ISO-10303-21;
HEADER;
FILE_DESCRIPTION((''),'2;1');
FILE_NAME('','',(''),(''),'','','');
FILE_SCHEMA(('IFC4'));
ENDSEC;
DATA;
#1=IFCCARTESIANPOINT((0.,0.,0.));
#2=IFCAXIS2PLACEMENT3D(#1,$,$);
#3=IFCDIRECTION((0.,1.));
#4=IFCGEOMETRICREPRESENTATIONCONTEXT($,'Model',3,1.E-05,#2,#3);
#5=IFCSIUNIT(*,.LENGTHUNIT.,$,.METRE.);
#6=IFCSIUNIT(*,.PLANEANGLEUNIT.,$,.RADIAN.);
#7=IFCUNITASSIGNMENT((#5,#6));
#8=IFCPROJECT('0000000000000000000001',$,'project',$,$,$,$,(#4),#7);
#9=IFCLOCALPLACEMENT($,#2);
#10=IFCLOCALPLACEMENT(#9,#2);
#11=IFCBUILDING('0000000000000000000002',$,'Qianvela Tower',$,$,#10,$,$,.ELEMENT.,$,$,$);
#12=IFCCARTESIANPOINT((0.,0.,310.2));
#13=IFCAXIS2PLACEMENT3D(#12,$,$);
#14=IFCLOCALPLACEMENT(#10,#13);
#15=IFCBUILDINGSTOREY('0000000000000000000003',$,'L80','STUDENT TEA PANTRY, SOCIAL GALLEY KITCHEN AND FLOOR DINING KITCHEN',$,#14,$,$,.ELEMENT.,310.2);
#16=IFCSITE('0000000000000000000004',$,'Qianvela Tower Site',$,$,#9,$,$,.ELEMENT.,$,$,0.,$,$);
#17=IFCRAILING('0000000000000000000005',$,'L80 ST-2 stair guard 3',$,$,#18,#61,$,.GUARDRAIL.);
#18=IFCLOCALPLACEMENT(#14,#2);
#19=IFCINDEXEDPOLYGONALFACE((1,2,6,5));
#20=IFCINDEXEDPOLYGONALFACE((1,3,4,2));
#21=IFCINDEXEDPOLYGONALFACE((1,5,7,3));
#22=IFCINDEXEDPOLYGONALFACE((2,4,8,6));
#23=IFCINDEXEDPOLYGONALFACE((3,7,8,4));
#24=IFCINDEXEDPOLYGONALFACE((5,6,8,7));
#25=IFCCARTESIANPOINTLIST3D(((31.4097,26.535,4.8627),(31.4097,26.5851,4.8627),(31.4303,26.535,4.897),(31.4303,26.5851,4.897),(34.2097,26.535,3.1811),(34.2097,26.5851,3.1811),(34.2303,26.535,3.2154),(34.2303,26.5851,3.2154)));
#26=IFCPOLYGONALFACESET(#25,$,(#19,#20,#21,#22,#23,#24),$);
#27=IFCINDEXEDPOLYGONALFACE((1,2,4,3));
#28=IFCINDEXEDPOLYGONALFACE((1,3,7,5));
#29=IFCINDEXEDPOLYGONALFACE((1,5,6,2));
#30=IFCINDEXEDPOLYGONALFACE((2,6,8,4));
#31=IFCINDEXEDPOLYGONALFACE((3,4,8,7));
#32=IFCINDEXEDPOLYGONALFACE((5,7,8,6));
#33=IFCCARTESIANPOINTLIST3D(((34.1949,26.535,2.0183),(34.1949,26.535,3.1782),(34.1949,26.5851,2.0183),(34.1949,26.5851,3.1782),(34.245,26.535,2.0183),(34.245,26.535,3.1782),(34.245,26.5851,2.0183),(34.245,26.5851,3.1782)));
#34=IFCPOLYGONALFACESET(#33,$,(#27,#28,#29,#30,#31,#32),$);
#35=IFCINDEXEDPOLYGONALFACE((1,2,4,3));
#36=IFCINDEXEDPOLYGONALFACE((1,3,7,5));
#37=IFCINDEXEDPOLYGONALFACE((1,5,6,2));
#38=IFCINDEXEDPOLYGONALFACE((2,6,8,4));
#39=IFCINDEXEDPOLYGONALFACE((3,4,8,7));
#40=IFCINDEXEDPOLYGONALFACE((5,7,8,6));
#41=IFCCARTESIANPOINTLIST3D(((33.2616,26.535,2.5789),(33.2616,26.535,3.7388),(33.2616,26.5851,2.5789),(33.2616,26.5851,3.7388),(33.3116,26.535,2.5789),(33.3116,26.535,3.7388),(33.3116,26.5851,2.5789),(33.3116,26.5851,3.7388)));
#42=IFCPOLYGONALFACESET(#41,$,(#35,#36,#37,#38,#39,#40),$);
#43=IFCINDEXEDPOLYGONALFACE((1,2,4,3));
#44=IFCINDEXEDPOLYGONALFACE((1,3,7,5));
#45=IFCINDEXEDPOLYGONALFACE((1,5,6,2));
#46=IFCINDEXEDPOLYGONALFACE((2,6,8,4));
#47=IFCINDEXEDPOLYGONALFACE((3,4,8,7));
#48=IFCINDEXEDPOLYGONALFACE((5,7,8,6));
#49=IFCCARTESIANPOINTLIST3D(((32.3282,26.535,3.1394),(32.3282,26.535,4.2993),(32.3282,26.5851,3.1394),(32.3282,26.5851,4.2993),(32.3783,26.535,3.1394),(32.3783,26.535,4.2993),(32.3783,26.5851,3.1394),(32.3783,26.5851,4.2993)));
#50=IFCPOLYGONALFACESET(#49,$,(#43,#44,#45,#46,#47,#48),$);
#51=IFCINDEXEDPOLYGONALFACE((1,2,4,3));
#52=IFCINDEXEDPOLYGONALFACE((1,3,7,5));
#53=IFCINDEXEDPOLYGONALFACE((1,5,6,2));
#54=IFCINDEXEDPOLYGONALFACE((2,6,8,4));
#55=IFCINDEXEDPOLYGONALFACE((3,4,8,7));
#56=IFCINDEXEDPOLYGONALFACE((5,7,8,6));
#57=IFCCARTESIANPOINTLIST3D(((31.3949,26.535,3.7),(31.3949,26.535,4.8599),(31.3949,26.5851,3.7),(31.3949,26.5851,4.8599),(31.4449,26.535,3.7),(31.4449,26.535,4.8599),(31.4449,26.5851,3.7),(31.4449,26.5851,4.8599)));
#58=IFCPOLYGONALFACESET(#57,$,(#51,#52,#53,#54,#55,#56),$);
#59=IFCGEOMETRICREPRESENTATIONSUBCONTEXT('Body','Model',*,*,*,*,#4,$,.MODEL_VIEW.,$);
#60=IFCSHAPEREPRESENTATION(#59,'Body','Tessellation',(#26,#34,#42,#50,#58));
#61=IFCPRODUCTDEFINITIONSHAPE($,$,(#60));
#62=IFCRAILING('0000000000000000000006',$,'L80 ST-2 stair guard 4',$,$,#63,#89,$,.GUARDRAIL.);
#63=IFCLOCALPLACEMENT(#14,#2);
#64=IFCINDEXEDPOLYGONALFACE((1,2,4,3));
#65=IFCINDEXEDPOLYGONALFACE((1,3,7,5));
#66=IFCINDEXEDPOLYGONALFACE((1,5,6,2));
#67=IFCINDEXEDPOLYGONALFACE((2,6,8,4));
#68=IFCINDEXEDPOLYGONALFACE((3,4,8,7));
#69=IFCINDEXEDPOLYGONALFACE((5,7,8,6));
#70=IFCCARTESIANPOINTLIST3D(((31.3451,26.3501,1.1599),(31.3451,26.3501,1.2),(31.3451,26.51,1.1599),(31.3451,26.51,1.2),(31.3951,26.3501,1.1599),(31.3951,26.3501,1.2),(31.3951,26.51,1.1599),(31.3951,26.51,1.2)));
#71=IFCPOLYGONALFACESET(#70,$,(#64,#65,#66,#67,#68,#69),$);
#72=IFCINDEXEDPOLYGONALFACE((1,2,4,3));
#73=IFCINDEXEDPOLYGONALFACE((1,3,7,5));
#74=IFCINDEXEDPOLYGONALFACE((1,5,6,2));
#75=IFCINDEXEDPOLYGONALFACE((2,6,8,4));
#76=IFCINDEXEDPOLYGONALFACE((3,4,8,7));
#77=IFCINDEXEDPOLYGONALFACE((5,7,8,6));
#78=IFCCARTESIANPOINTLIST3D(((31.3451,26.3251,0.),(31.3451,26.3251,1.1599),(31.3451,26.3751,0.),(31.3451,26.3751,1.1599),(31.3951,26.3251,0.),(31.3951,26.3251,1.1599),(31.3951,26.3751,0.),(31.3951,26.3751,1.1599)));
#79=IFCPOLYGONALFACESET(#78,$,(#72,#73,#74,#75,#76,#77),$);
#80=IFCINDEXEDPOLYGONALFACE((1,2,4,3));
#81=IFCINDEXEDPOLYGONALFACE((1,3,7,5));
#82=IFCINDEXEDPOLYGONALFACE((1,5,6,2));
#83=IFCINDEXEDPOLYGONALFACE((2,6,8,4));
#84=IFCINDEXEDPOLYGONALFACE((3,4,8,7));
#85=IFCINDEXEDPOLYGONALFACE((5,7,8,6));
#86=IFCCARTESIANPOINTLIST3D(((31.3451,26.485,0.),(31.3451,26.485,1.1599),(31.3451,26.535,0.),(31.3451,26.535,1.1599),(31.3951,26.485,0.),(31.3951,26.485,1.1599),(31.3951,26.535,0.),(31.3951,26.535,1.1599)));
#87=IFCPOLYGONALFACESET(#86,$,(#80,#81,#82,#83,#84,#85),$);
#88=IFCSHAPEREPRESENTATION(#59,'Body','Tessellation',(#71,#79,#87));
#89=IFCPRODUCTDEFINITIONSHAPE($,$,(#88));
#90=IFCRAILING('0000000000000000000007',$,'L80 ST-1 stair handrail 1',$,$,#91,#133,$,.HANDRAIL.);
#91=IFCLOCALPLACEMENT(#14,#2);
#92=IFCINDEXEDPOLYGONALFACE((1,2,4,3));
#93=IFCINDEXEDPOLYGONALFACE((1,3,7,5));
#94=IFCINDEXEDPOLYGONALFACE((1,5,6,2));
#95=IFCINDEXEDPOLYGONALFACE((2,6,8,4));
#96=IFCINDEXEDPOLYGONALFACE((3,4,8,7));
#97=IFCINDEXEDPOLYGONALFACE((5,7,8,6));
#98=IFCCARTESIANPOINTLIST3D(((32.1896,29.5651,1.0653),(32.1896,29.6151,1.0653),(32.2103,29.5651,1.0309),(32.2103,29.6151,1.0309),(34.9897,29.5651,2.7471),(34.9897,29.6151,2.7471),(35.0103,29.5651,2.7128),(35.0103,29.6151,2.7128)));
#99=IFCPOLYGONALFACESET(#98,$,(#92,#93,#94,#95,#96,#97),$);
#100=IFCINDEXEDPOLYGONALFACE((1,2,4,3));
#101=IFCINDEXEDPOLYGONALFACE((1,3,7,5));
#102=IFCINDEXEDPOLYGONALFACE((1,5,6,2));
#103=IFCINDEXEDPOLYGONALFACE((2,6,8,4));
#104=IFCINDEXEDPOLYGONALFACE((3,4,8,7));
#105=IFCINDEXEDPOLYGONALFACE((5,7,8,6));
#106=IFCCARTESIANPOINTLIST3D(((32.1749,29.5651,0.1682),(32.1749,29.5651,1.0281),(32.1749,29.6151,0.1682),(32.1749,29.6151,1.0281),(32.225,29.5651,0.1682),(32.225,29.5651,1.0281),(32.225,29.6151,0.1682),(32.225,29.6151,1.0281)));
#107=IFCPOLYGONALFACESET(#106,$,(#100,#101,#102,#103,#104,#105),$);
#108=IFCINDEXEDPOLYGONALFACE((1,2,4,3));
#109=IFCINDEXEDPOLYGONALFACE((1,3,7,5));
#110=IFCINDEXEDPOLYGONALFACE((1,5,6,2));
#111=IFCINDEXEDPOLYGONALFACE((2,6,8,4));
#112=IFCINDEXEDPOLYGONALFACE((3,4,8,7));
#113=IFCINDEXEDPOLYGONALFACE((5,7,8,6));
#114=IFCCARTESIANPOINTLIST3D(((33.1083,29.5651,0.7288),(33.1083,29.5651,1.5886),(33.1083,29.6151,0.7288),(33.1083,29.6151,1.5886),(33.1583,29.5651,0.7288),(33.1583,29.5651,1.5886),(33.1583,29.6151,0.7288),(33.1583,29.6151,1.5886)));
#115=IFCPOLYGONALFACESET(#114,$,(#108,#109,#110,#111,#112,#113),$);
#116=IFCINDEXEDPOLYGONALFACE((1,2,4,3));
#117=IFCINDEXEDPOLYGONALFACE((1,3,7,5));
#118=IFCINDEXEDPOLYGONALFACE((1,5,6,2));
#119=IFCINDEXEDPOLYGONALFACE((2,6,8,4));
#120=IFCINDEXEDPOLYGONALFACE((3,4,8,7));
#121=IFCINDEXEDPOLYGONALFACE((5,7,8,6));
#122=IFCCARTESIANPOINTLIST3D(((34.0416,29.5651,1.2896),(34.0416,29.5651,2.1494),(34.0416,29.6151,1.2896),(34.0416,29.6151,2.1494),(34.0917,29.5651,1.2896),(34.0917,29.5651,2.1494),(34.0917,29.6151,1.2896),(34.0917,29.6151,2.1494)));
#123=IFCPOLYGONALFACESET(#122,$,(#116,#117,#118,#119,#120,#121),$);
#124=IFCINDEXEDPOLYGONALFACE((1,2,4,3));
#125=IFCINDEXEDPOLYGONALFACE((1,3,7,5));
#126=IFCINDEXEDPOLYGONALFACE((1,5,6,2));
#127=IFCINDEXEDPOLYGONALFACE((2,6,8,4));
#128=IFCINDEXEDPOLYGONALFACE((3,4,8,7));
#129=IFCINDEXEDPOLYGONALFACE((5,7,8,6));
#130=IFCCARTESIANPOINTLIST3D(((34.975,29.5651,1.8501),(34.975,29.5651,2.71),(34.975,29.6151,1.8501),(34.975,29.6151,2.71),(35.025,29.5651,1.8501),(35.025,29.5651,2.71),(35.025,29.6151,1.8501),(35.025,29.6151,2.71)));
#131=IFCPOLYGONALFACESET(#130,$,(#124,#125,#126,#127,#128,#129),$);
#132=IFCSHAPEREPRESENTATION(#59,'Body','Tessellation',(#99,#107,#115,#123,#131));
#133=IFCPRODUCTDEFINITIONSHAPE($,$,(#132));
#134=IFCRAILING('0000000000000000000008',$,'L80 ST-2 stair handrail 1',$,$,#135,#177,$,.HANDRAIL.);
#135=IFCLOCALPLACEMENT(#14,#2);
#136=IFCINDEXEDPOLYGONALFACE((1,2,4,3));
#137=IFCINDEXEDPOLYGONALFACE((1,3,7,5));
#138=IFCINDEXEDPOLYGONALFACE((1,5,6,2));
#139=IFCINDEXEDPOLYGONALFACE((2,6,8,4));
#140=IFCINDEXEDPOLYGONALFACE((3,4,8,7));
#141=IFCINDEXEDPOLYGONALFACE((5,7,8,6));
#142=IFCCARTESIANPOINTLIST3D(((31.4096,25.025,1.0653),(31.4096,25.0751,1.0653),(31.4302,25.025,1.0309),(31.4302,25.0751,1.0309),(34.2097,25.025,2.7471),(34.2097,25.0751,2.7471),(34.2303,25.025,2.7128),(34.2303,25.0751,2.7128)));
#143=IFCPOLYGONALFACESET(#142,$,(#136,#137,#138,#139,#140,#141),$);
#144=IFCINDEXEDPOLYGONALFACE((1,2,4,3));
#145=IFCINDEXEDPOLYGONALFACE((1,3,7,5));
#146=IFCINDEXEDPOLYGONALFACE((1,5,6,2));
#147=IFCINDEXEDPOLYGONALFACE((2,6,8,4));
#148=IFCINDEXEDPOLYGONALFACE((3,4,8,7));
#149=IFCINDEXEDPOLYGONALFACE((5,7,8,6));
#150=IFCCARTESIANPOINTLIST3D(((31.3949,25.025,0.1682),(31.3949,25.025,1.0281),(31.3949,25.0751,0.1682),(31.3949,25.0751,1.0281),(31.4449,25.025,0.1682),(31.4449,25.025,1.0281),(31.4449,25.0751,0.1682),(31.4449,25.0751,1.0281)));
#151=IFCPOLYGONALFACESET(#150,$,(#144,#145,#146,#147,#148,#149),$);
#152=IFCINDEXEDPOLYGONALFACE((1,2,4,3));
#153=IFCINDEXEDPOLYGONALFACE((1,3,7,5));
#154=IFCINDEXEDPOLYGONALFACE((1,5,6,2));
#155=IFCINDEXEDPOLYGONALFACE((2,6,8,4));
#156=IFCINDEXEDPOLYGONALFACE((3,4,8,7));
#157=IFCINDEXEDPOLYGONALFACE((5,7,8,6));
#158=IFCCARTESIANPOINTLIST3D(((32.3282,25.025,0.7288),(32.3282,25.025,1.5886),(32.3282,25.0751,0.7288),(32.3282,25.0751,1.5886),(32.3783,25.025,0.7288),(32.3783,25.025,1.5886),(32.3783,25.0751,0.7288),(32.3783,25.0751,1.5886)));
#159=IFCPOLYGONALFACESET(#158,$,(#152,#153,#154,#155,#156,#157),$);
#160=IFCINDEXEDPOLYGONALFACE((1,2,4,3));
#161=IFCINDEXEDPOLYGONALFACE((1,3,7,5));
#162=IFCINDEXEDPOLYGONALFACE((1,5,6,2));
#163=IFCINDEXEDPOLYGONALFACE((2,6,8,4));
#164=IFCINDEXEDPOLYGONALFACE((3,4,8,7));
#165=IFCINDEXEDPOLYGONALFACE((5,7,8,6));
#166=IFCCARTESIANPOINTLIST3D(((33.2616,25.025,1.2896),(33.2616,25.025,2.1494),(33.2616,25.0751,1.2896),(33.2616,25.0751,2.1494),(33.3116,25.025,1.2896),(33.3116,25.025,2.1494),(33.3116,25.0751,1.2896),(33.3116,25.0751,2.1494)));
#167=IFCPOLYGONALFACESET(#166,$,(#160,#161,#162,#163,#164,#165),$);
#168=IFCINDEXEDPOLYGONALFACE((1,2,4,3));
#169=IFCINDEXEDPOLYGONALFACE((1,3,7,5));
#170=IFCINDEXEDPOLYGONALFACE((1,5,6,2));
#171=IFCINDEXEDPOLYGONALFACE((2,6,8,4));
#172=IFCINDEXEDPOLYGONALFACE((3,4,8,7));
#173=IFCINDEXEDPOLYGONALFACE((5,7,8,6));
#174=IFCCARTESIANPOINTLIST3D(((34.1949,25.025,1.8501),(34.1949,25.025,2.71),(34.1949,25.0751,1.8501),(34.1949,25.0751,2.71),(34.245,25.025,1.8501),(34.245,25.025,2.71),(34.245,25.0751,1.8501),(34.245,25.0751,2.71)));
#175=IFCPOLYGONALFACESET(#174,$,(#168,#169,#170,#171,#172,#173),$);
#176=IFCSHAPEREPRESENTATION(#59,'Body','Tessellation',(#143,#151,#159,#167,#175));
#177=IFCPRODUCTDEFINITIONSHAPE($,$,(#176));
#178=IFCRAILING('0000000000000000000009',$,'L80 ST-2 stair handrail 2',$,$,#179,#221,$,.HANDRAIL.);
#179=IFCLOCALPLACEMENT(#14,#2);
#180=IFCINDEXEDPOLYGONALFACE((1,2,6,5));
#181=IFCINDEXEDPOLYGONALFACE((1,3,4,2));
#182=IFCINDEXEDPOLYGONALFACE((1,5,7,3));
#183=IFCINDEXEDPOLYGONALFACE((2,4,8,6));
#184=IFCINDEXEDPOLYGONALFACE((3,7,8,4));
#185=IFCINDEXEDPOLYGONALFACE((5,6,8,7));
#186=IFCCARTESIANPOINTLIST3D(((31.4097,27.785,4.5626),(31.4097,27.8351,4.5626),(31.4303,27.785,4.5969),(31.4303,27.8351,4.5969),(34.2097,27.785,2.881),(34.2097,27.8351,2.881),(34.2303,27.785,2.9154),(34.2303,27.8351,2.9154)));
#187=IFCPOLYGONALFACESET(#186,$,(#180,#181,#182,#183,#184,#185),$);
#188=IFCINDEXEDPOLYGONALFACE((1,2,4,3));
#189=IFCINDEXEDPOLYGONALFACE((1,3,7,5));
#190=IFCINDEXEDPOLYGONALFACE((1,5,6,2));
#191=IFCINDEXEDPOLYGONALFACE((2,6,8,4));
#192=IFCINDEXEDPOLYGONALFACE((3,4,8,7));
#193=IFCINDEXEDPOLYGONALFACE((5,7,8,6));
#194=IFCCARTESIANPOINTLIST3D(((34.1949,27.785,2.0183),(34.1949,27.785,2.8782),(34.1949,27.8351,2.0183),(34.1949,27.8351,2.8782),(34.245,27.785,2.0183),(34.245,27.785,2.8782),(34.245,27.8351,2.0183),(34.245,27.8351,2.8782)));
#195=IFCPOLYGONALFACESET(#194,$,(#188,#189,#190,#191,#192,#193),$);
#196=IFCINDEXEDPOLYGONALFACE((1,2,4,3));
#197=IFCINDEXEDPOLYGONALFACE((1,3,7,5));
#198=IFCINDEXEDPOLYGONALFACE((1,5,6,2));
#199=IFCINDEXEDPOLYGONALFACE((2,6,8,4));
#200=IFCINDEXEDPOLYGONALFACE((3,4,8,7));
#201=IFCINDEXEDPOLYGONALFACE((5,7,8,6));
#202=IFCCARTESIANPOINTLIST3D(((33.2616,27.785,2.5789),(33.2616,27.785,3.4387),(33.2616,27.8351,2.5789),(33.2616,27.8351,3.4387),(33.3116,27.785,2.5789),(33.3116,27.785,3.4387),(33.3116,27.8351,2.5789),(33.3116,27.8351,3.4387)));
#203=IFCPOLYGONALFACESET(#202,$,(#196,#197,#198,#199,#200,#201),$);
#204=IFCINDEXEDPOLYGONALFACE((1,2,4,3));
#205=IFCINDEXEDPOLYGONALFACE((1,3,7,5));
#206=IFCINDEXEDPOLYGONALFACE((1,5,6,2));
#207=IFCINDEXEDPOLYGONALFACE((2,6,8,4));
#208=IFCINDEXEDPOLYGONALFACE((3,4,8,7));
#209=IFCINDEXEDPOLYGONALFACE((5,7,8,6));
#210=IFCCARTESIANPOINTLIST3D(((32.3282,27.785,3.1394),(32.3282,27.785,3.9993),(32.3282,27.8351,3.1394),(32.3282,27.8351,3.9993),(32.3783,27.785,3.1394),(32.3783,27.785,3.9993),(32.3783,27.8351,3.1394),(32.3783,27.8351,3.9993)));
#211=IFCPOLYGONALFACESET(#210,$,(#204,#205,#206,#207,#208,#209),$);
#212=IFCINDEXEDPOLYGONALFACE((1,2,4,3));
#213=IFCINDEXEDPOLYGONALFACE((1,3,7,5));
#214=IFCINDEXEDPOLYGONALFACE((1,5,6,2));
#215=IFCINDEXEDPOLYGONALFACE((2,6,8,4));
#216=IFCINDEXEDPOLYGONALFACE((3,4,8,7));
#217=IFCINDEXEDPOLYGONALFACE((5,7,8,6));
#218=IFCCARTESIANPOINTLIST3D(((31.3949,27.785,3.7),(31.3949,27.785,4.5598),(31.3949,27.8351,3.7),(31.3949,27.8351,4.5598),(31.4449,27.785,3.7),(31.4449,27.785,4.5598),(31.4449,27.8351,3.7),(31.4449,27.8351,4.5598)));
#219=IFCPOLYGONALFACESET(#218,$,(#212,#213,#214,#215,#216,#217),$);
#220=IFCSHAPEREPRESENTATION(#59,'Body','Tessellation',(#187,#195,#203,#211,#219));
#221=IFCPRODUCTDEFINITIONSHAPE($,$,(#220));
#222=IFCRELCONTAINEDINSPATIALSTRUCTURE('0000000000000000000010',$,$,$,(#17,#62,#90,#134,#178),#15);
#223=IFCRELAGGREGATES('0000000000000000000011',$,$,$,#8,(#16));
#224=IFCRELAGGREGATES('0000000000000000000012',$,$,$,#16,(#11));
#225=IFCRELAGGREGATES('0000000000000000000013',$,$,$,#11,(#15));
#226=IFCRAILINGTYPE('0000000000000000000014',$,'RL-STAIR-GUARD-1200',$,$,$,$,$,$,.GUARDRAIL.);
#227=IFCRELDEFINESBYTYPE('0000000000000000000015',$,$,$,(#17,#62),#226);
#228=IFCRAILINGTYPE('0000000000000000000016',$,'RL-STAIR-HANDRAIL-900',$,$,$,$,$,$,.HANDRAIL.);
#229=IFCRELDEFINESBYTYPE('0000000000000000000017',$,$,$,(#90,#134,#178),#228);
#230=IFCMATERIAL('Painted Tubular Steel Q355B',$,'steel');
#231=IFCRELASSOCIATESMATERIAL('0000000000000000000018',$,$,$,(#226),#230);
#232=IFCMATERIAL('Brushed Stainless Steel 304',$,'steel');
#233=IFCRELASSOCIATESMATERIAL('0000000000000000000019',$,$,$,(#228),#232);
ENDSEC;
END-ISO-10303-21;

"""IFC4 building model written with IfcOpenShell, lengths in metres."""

from ifc_helpers import new_model, si_unit, direction, frame, origin, origin_2d, place, context, subcontext, project, spatial, rectangle, extrude, material, type_object, element, save


model = new_model("IFC4")

# Units and contexts
model_context = context("Model", 3, precision=1e-05, world=origin(), true_north=direction((0.0, 1.0)))
body_context = subcontext(model_context, "Body", "Model", "MODEL_VIEW")
ifc_project = project(units=[si_unit("LENGTHUNIT", "METRE"), si_unit("PLANEANGLEUNIT", "RADIAN")], contexts=[model_context])

# Site, building, storey
site_placement = place(None, origin())
site = spatial("IfcSite", under=ifc_project, at=site_placement, Name="Qianvela Tower Site", CompositionType="ELEMENT", RefElevation=0.0)
building_placement = place(site_placement, origin())
building = spatial("IfcBuilding", under=site, at=building_placement, Name="Qianvela Tower", CompositionType="ELEMENT")
storey_placement = place(building_placement, frame((0.0, 0.0, 310.2)))
storey = spatial("IfcBuildingStorey", under=building, at=storey_placement, Name="L80", Description="STUDENT TEA PANTRY, SOCIAL GALLEY KITCHEN AND FLOOR DINING KITCHEN", CompositionType="ELEMENT", Elevation=310.2)

# Railings
ifc_material_1 = material(Name="Painted Tubular Steel Q355B", Category="steel")
railing_type_1 = type_object("IfcRailingType", Name="RL-STAIR-GUARD-1200", PredefinedType="GUARDRAIL", material=ifc_material_1)
railing_1_placement = place(storey_placement, frame((34.22, 26.5601, 2.0183)))
element("IfcRailing", 1, at=railing_1_placement, inside=storey, type_object=railing_type_1, Name="L80 ST-2 stair guard 3", PredefinedType="GUARDRAIL", context=body_context, shape_type="SweptSolid", body=[
    extrude(rectangle(XDim=0.05, YDim=0.04, at=origin_2d()), frame((0.0, 0.0, 1.1799), z_axis=(-0.857275, 0.0, 0.514858), x_axis=(0.0, -1.0, 0.0)), (0.0, 0.0, 1.0), 3.2661),
    extrude(rectangle(XDim=0.05, YDim=0.05, at=origin_2d()), origin(), (0.0, 0.0, 1.0), 1.1599),
    extrude(rectangle(XDim=0.05, YDim=0.05, at=origin_2d()), frame((-0.9333, 0.0, 0.5605)), (0.0, 0.0, 1.0), 1.1599),
    extrude(rectangle(XDim=0.05, YDim=0.05, at=origin_2d()), frame((-1.8667, 0.0, 1.1211)), (0.0, 0.0, 1.0), 1.1599),
    extrude(rectangle(XDim=0.05, YDim=0.05, at=origin_2d()), frame((-2.8, 0.0, 1.6816)), (0.0, 0.0, 1.0), 1.1599),
])
railing_2_placement = place(storey_placement, frame((31.3701, 26.3501, 0.0)))
element("IfcRailing", 2, at=railing_2_placement, inside=storey, type_object=railing_type_1, Name="L80 ST-2 stair guard 4", PredefinedType="GUARDRAIL", context=body_context, shape_type="SweptSolid", body=[
    extrude(rectangle(XDim=0.05, YDim=0.04, at=origin_2d()), frame((0.0, 0.0, 1.1799), z_axis=(0.0, 1.0, 0.0), x_axis=(-1.0, 0.0, 0.0)), (0.0, 0.0, 1.0), 0.1599),
    extrude(rectangle(XDim=0.05, YDim=0.05, at=origin_2d()), origin(), (0.0, 0.0, 1.0), 1.1599),
    extrude(rectangle(XDim=0.05, YDim=0.05, at=origin_2d()), frame((0.0, 0.1599, 0.0)), (0.0, 0.0, 1.0), 1.1599),
])
ifc_material_2 = material(Name="Brushed Stainless Steel 304", Category="steel")
railing_type_2 = type_object("IfcRailingType", Name="RL-STAIR-HANDRAIL-900", PredefinedType="HANDRAIL", material=ifc_material_2)
for number, where, name in (
    (3, (32.2, 29.5901, 0.1682), "L80 ST-1 stair handrail 1"),
    (4, (31.4199, 25.05, 0.1682), "L80 ST-2 stair handrail 1"),
):
    element("IfcRailing", number, at=place(storey_placement, frame(where)), inside=storey, type_object=railing_type_2, Name=name, PredefinedType="HANDRAIL", context=body_context, shape_type="SweptSolid", body=[
        extrude(rectangle(XDim=0.05, YDim=0.04, at=origin_2d()), frame((0.0, 0.0, 0.8799), z_axis=(0.857242, 0.0, 0.514913), x_axis=(0.0, 1.0, 0.0)), (0.0, 0.0, 1.0), 3.2664),
        extrude(rectangle(XDim=0.05, YDim=0.05, at=origin_2d()), origin(), (0.0, 0.0, 1.0), 0.8599),
        extrude(rectangle(XDim=0.05, YDim=0.05, at=origin_2d()), frame((0.9333, 0.0, 0.5605)), (0.0, 0.0, 1.0), 0.8599),
        extrude(rectangle(XDim=0.05, YDim=0.05, at=origin_2d()), frame((1.8667, 0.0, 1.1213)), (0.0, 0.0, 1.0), 0.8599),
        extrude(rectangle(XDim=0.05, YDim=0.05, at=origin_2d()), frame((2.8, 0.0, 1.6819)), (0.0, 0.0, 1.0), 0.8599),
    ])
railing_3_placement = place(storey_placement, frame((34.22, 27.8101, 2.0183)))
element("IfcRailing", 5, at=railing_3_placement, inside=storey, type_object=railing_type_2, Name="L80 ST-2 stair handrail 2", PredefinedType="HANDRAIL", context=body_context, shape_type="SweptSolid", body=[
    extrude(rectangle(XDim=0.05, YDim=0.04, at=origin_2d()), frame((0.0, 0.0, 0.8799), z_axis=(-0.857275, 0.0, 0.514858), x_axis=(0.0, -1.0, 0.0)), (0.0, 0.0, 1.0), 3.2661),
    extrude(rectangle(XDim=0.05, YDim=0.05, at=origin_2d()), origin(), (0.0, 0.0, 1.0), 0.8599),
    extrude(rectangle(XDim=0.05, YDim=0.05, at=origin_2d()), frame((-0.9333, 0.0, 0.5605)), (0.0, 0.0, 1.0), 0.8599),
    extrude(rectangle(XDim=0.05, YDim=0.05, at=origin_2d()), frame((-1.8667, 0.0, 1.1211)), (0.0, 0.0, 1.0), 0.8599),
    extrude(rectangle(XDim=0.05, YDim=0.05, at=origin_2d()), frame((-2.8, 0.0, 1.6816)), (0.0, 0.0, 1.0), 0.8599),
])

save(model, "model.ifc")
